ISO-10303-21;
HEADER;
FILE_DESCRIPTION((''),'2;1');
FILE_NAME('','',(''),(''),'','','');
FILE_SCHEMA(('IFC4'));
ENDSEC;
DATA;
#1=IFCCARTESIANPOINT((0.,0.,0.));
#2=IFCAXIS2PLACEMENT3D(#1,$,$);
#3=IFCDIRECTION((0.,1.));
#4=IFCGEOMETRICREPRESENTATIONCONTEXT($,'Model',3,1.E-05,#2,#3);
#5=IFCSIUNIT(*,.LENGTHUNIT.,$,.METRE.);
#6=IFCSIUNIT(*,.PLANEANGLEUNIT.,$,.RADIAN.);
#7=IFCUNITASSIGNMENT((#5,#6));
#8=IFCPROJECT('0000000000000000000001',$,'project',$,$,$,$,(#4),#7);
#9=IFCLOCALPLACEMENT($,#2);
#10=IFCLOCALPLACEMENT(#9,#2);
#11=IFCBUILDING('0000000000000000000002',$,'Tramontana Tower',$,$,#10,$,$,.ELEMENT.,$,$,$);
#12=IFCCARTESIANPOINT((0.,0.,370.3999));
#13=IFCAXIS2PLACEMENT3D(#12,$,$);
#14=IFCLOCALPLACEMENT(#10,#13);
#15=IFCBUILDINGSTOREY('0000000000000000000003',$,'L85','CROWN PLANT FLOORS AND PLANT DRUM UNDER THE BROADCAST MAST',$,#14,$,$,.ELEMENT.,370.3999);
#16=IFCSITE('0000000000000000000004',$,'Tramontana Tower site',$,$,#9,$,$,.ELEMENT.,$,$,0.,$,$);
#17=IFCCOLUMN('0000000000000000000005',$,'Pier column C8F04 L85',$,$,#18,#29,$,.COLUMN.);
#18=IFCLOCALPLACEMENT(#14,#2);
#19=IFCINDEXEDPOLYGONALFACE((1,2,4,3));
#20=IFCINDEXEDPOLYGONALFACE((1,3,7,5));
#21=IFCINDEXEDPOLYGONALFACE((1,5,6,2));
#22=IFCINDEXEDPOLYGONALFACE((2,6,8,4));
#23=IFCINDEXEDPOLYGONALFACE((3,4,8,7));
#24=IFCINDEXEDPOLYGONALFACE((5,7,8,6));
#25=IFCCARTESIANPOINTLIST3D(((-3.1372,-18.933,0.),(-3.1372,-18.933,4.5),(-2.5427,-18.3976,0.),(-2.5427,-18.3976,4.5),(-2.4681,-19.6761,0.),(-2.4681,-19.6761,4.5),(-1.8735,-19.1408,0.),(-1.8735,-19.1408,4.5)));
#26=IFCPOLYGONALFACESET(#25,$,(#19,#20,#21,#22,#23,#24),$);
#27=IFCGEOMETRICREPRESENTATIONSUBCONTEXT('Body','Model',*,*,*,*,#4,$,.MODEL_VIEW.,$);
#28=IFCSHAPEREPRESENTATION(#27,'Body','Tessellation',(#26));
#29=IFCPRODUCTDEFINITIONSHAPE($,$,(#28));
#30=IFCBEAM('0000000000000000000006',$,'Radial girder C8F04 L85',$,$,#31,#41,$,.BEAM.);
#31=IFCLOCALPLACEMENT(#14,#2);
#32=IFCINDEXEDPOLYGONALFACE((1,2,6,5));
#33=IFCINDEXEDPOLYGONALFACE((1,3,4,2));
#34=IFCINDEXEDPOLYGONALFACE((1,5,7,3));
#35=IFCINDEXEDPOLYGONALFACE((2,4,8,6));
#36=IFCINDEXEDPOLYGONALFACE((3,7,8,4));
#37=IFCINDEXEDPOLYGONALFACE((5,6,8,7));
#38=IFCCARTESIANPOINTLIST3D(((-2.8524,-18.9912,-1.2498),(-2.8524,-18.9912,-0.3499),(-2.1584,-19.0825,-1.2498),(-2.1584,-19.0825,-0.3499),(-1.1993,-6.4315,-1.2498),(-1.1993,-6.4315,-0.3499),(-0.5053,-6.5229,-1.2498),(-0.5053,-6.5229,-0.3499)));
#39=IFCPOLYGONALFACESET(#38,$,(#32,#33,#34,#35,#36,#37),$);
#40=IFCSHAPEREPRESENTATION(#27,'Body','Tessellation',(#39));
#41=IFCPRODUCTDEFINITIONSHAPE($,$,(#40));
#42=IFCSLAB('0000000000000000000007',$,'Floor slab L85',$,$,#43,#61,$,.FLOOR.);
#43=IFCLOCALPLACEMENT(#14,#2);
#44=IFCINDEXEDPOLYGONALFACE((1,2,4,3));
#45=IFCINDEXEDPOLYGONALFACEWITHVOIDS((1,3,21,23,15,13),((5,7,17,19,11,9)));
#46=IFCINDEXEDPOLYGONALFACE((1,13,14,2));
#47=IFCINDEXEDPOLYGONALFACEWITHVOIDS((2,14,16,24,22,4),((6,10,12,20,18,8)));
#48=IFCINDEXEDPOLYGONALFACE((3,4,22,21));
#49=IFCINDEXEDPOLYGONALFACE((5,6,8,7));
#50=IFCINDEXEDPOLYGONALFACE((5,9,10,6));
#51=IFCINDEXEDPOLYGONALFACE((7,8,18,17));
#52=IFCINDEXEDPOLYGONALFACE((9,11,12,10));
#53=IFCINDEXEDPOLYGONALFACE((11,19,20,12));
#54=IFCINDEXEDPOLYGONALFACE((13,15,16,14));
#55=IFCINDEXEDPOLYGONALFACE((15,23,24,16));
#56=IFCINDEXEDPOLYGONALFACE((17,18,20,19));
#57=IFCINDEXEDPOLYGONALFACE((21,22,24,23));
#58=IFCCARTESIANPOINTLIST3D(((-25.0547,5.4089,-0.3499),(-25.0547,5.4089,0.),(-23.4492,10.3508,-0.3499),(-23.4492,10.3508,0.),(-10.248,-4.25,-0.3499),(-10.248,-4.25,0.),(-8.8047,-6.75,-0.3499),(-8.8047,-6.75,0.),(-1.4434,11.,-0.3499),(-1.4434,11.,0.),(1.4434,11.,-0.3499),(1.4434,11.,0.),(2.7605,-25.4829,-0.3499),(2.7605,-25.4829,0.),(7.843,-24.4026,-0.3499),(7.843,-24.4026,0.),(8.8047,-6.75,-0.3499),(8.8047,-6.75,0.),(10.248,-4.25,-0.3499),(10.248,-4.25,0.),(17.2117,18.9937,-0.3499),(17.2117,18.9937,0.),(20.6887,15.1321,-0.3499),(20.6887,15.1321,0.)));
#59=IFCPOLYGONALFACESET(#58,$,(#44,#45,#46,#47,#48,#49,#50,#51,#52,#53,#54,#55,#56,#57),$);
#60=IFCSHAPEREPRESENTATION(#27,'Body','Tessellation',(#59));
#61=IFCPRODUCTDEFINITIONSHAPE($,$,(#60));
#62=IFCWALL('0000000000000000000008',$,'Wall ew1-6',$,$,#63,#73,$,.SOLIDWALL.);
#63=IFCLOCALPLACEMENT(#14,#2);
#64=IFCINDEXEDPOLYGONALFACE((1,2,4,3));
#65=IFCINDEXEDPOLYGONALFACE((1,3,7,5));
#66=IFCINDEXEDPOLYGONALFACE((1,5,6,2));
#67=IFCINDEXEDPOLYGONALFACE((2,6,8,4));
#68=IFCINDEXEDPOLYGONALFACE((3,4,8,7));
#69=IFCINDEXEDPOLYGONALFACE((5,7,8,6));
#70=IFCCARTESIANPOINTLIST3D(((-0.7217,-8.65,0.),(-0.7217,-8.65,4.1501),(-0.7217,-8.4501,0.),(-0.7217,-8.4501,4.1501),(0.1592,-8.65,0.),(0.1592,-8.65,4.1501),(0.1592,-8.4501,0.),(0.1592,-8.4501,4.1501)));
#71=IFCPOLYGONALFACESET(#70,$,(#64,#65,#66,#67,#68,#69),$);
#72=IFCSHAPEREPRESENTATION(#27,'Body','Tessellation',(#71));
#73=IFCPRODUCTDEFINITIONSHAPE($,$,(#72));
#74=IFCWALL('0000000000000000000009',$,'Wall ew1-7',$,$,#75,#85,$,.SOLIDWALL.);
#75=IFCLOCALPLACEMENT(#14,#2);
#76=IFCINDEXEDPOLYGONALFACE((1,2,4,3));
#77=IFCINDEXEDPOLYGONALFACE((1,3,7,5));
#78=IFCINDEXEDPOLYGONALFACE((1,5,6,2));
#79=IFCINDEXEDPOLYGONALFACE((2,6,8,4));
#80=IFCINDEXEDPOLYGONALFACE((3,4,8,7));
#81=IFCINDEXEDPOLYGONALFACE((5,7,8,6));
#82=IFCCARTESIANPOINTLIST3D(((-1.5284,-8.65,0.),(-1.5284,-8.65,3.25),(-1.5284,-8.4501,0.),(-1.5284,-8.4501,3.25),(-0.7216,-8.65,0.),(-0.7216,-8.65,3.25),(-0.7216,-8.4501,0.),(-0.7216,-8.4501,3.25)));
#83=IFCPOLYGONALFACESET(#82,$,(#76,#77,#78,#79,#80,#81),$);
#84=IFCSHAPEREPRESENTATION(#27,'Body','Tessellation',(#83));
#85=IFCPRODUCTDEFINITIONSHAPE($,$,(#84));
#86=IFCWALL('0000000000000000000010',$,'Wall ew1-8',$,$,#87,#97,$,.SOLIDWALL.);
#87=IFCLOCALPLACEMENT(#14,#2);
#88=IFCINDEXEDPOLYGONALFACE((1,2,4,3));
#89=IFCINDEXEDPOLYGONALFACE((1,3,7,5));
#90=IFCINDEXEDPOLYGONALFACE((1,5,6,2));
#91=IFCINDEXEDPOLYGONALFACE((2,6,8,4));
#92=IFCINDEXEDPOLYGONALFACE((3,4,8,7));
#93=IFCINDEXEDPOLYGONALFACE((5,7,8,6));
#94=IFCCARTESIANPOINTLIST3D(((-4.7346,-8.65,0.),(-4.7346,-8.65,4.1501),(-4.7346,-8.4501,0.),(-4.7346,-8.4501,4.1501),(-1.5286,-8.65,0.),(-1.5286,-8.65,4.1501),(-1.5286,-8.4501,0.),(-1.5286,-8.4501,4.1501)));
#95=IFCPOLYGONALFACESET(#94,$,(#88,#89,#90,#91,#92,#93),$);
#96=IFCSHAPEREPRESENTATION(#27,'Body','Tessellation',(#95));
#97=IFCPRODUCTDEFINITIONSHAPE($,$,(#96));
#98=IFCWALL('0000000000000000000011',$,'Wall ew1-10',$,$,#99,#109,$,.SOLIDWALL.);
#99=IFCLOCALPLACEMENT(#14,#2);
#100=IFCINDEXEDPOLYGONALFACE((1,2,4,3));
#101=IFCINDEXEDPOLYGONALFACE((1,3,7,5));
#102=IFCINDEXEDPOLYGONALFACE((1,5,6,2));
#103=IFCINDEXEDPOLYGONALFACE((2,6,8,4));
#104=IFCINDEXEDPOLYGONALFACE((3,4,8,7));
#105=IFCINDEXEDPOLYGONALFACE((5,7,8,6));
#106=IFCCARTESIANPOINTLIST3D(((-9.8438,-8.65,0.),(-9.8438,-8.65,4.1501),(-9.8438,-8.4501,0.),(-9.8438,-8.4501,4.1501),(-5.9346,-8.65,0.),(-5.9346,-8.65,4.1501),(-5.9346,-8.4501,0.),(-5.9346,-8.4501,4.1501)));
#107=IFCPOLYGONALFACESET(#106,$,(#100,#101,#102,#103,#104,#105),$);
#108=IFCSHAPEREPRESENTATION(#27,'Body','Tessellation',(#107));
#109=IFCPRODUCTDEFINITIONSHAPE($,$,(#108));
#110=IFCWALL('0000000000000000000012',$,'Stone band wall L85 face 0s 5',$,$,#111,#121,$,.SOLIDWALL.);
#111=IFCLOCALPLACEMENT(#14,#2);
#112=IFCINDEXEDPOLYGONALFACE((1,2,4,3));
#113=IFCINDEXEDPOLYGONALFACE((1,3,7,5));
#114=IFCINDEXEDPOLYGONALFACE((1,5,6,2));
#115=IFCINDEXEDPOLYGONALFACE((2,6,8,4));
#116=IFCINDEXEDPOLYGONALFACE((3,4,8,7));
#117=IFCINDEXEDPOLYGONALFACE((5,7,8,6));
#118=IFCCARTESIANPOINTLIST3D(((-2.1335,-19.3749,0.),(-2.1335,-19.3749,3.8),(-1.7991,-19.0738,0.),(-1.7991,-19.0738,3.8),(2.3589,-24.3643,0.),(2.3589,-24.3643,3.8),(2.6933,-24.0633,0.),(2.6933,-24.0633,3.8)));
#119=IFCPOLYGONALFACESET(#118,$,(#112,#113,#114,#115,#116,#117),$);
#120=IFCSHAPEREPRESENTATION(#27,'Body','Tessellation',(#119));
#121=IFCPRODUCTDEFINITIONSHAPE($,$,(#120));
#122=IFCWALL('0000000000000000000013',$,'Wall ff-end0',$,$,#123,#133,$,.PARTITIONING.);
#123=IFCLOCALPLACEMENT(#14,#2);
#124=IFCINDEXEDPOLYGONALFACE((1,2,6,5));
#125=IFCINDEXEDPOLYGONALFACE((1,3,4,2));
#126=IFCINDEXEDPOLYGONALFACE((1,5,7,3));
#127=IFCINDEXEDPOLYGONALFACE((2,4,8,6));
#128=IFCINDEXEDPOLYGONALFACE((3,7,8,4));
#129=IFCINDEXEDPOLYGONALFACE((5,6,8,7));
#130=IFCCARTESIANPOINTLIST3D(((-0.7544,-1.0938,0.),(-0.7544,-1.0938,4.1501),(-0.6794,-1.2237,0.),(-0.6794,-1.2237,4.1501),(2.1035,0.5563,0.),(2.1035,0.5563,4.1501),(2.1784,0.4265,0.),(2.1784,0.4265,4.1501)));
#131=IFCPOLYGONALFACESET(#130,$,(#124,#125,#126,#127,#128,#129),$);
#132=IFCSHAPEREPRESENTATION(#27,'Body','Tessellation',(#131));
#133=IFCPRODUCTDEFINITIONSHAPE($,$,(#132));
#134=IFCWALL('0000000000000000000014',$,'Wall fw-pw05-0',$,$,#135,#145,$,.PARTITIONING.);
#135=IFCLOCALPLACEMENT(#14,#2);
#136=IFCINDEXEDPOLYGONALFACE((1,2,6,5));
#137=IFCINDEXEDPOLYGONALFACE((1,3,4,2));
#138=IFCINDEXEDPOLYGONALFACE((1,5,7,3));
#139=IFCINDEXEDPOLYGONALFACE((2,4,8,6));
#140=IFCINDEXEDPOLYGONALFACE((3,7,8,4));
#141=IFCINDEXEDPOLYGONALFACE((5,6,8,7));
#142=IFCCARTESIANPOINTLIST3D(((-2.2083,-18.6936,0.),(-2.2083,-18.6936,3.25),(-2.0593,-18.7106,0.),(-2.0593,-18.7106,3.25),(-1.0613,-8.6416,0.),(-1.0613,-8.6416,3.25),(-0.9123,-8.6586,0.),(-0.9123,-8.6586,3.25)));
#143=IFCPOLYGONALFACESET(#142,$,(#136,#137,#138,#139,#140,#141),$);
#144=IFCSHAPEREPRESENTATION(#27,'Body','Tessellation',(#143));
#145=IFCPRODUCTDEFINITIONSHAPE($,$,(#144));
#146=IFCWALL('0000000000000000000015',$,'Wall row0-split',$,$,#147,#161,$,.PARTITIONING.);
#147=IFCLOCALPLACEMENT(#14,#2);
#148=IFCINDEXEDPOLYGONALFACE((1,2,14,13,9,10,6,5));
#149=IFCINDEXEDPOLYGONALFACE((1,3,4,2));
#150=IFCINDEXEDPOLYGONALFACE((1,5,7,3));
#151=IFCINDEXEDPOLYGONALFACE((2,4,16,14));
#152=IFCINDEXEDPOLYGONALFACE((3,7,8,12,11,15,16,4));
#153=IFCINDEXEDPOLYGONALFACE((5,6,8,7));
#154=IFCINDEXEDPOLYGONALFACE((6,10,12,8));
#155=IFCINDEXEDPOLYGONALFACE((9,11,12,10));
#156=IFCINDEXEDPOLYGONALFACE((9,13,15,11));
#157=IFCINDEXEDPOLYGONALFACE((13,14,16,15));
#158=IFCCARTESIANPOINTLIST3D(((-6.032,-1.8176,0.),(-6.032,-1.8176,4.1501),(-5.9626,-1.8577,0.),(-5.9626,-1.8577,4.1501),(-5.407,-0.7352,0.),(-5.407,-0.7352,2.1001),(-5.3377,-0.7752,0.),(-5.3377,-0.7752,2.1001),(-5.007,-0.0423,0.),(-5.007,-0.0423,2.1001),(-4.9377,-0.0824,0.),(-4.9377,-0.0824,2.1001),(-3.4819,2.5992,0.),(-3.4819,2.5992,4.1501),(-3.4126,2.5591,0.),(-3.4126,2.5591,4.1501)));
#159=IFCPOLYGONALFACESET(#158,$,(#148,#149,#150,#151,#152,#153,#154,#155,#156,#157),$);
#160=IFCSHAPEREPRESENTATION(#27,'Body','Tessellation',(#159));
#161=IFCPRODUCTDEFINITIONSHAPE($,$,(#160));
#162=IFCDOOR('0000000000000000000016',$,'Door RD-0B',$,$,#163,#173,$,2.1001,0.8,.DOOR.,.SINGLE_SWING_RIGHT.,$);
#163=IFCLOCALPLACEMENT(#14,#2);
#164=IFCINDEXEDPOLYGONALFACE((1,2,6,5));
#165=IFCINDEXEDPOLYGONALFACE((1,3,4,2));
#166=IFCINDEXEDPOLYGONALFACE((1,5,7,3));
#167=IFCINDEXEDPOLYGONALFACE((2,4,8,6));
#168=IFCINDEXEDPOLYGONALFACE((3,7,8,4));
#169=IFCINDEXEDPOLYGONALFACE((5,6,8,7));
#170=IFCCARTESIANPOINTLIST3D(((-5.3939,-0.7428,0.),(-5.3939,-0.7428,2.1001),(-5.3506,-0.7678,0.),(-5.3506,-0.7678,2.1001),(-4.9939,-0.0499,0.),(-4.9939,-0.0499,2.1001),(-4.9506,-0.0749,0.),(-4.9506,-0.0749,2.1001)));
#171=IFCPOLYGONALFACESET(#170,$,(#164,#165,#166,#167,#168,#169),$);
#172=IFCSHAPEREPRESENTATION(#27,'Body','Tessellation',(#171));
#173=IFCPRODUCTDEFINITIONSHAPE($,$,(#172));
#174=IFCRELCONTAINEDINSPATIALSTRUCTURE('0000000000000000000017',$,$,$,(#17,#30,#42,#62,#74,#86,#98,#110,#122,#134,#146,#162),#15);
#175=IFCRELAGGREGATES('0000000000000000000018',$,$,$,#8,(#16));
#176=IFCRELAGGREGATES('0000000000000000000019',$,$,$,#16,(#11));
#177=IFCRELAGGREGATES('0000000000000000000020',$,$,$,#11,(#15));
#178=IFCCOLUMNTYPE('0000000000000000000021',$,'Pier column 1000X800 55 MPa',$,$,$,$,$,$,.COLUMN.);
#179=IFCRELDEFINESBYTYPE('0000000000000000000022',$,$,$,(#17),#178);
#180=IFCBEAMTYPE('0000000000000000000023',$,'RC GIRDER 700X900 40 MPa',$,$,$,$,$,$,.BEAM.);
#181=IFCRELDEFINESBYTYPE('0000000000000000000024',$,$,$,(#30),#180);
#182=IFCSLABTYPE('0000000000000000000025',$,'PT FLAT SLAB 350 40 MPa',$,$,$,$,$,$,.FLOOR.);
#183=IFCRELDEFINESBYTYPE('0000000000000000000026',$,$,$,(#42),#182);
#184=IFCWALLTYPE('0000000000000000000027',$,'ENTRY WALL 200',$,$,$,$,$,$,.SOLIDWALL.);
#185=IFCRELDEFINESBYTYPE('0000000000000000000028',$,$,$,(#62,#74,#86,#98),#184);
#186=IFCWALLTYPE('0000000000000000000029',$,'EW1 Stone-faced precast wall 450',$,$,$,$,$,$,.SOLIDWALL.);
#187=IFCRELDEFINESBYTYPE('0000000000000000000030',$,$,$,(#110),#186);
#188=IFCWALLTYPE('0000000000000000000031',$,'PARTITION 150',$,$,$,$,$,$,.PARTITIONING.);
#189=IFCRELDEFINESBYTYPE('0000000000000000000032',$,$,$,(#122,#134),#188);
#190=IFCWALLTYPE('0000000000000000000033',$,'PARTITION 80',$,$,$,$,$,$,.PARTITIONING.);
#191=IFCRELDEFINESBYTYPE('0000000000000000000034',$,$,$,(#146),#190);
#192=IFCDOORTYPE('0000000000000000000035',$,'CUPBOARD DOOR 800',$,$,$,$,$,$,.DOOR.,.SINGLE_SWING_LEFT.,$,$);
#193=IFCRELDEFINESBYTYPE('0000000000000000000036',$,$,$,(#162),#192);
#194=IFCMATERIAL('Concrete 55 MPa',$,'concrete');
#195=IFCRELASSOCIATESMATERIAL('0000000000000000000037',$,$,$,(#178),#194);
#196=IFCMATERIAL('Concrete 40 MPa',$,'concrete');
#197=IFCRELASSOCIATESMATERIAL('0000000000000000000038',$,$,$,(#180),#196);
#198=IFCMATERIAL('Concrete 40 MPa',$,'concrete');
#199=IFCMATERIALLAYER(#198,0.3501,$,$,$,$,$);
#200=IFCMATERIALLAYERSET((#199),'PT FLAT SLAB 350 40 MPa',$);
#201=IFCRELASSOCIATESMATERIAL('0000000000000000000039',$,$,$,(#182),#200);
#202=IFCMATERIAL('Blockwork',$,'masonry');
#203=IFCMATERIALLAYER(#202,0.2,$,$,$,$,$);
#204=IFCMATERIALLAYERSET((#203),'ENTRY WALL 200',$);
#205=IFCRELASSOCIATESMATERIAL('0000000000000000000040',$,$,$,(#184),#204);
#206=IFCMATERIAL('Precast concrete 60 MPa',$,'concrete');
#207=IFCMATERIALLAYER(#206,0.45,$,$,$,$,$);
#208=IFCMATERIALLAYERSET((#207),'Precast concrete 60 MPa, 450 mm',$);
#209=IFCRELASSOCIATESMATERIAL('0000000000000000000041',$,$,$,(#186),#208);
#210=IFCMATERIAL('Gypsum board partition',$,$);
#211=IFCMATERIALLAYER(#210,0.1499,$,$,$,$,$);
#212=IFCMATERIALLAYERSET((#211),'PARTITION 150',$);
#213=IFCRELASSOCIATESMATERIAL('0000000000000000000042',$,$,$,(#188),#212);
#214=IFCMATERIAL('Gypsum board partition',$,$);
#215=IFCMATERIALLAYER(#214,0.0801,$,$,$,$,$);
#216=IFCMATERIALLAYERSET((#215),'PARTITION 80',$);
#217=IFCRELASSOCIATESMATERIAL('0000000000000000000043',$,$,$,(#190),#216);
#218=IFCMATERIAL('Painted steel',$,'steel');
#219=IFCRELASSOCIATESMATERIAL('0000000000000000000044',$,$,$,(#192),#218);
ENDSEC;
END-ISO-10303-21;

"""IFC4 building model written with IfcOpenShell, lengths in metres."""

from ifc_helpers import new_model, si_unit, direction, frame, frame_2d, origin, origin_2d, place, context, subcontext, project, spatial, polyline, rectangle, outline, extrude, material, layer, layer_set, material_profile, profile_set, type_object, element, fill, save


model = new_model("IFC4")

# Units and contexts
model_context = context("Model", 3, precision=1e-05, world=origin(), true_north=direction((0.0, 1.0)))
body_context = subcontext(model_context, "Body", "Model", "MODEL_VIEW")
ifc_project = project(units=[si_unit("LENGTHUNIT", "METRE"), si_unit("PLANEANGLEUNIT", "RADIAN")], contexts=[model_context])

# Site, building, storey
site_placement = place(None, origin())
site = spatial("IfcSite", under=ifc_project, at=site_placement, Name="Tramontana Tower site", CompositionType="ELEMENT", RefElevation=0.0)
building_placement = place(site_placement, origin())
building = spatial("IfcBuilding", under=site, at=building_placement, Name="Tramontana Tower", CompositionType="ELEMENT")
storey_placement = place(building_placement, frame((0.0, 0.0, 370.3999)))
storey = spatial("IfcBuildingStorey", under=building, at=storey_placement, Name="L85", Description="CROWN PLANT FLOORS AND PLANT DRUM UNDER THE BROADCAST MAST", CompositionType="ELEMENT", Elevation=370.3999)

# Column
ifc_material_1 = material(Name="Concrete 55 MPa", Category="concrete")
ifc_material_profile_1 = material_profile(ifc_material_1, rectangle(XDim=1.0, YDim=0.8, at=origin_2d()), Name="Pier column 1000X800 55 MPa")
ifc_profile_set_1 = profile_set([ifc_material_profile_1], Name="Concrete 55 MPa")
column_type = type_object("IfcColumnType", Name="Pier column 1000X800 55 MPa", PredefinedType="COLUMN", material=ifc_profile_set_1)
column_placement = place(storey_placement, frame((-2.5054, -19.0369, 0.0), z_axis=(0.0, 0.0, 1.0), x_axis=(0.669131, -0.743145, 0.0)))
element("IfcColumn", 1, at=column_placement, inside=storey, type_object=column_type, Name="Pier column C8F04 L85", PredefinedType="COLUMN", context=body_context, shape_type="SweptSolid", body=[
    extrude(rectangle(XDim=1.0, YDim=0.8, at=origin_2d()), origin(), (0.0, 0.0, 1.0), 4.5),
])

# Beam
ifc_material_2 = material(Name="Concrete 40 MPa", Category="concrete")
ifc_material_profile_2 = material_profile(ifc_material_2, rectangle(XDim=0.7, YDim=0.8999, at=origin_2d()), Name="RC GIRDER 700X900 40 MPa")
ifc_profile_set_2 = profile_set([ifc_material_profile_2], Name="Concrete 40 MPa")
beam_type = type_object("IfcBeamType", Name="RC GIRDER 700X900 40 MPa", PredefinedType="BEAM", material=ifc_profile_set_2)
beam_placement = place(storey_placement, frame((-2.5054, -19.0369, -0.7998), z_axis=(0.130493, 0.991449, 0.0), x_axis=(-0.991449, 0.130493, 0.0)))
element("IfcBeam", 2, at=beam_placement, inside=storey, type_object=beam_type, Name="Radial girder C8F04 L85", PredefinedType="BEAM", context=body_context, shape_type="SweptSolid", body=[
    extrude(rectangle(XDim=0.7, YDim=0.8999, at=origin_2d()), origin(), (0.0, 0.0, 1.0), 12.668),
])

# Slab
ifc_material_3 = material(Name="Concrete 40 MPa", Category="concrete")
ifc_layer_1 = layer(ifc_material_3, 0.3501)
ifc_layer_set_1 = layer_set([ifc_layer_1], Name="PT FLAT SLAB 350 40 MPa")
slab_type = type_object("IfcSlabType", Name="PT FLAT SLAB 350 40 MPa", PredefinedType="FLOOR", material=ifc_layer_set_1)
slab_placement = place(storey_placement, frame((0.0, 0.0, -0.3499)))
element("IfcSlab", 3, at=slab_placement, inside=storey, type_object=slab_type, Name="Floor slab L85", PredefinedType="FLOOR", context=body_context, shape_type="SweptSolid", body=[
    extrude(outline(polyline([(20.6887, 15.1321), (7.843, -24.4026), (2.7605, -25.4829), (-25.0547, 5.4089), (-23.4492, 10.3508), (17.2117, 18.9937), (20.6887, 15.1321)]), holes=[polyline([(-10.248, -4.25), (-8.8047, -6.75), (8.8047, -6.75), (10.248, -4.25), (1.4434, 11.0), (-1.4434, 11.0), (-10.248, -4.25)])]), origin(), (0.0, 0.0, 1.0), 0.3499),
])

# Walls
ifc_material_4 = material(Name="Blockwork", Category="masonry")
ifc_layer_2 = layer(ifc_material_4, 0.2)
ifc_layer_set_2 = layer_set([ifc_layer_2], Name="ENTRY WALL 200")
wall_type_1 = type_object("IfcWallType", Name="ENTRY WALL 200", PredefinedType="SOLIDWALL", material=ifc_layer_set_2)
wall_1_placement = place(storey_placement, frame((0.1592, -8.55, 0.0), z_axis=(0.0, 0.0, 1.0), x_axis=(-1.0, 0.0, 0.0)))
element("IfcWall", 4, at=wall_1_placement, inside=storey, type_object=wall_type_1, Name="Wall ew1-6", PredefinedType="SOLIDWALL", context=body_context, shape_type="SweptSolid", body=[
    extrude(rectangle(XDim=0.8809, YDim=0.2, at=frame_2d((0.4404, 0.0))), origin(), (0.0, 0.0, 1.0), 4.1501),
])
wall_2_placement = place(storey_placement, frame((-0.7217, -8.55, 0.0), z_axis=(0.0, 0.0, 1.0), x_axis=(-1.0, 0.0, 0.0)))
element("IfcWall", 5, at=wall_2_placement, inside=storey, type_object=wall_type_1, Name="Wall ew1-7", PredefinedType="SOLIDWALL", context=body_context, shape_type="SweptSolid", body=[
    extrude(rectangle(XDim=0.8069, YDim=0.2, at=frame_2d((0.4033, 0.0))), origin(), (0.0, 0.0, 1.0), 3.25),
])
wall_3_placement = place(storey_placement, frame((-1.5286, -8.55, 0.0), z_axis=(0.0, 0.0, 1.0), x_axis=(-1.0, 0.0, 0.0)))
element("IfcWall", 6, at=wall_3_placement, inside=storey, type_object=wall_type_1, Name="Wall ew1-8", PredefinedType="SOLIDWALL", context=body_context, shape_type="SweptSolid", body=[
    extrude(rectangle(XDim=3.2061, YDim=0.2, at=frame_2d((1.603, 0.0))), origin(), (0.0, 0.0, 1.0), 4.1501),
])

# Walls
wall_4_placement = place(storey_placement, frame((-5.9346, -8.55, 0.0), z_axis=(0.0, 0.0, 1.0), x_axis=(-1.0, 0.0, 0.0)))
element("IfcWall", 7, at=wall_4_placement, inside=storey, type_object=wall_type_1, Name="Wall ew1-10", PredefinedType="SOLIDWALL", context=body_context, shape_type="SweptSolid", body=[
    extrude(rectangle(XDim=3.9092, YDim=0.2, at=frame_2d((1.9546, 0.0))), origin(), (0.0, 0.0, 1.0), 4.1501),
])
ifc_material_5 = material(Name="Precast concrete 60 MPa", Category="concrete")
ifc_layer_3 = layer(ifc_material_5, 0.45)
ifc_layer_set_3 = layer_set([ifc_layer_3], Name="Precast concrete 60 MPa, 450 mm")
wall_type_2 = type_object("IfcWallType", Name="EW1 Stone-faced precast wall 450", PredefinedType="SOLIDWALL", material=ifc_layer_set_3)
wall_5_placement = place(storey_placement, frame((-1.9663, -19.2244, 0.0), z_axis=(0.0, 0.0, 1.0), x_axis=(0.669119, -0.743155, 0.0)))
element("IfcWall", 8, at=wall_5_placement, inside=storey, type_object=wall_type_2, Name="Stone band wall L85 face 0s 5", PredefinedType="SOLIDWALL", context=body_context, shape_type="SweptSolid", body=[
    extrude(rectangle(XDim=6.7139, YDim=0.45, at=frame_2d((3.3569, 0.0))), origin(), (0.0, 0.0, 1.0), 3.8),
])

# Shared definitions
ifc_material_6 = material(Name="Gypsum board partition")
ifc_layer_4 = layer(ifc_material_6, 0.1499)
ifc_layer_set_4 = layer_set([ifc_layer_4], Name="PARTITION 150")
wall_type_3 = type_object("IfcWallType", Name="PARTITION 150", PredefinedType="PARTITIONING", material=ifc_layer_set_4)

# Walls
wall_6_placement = place(storey_placement, frame((-0.7168, -1.1587, 0.0), z_axis=(0.0, 0.0, 1.0), x_axis=(0.866008, 0.50003, 0.0)))
element("IfcWall", 9, at=wall_6_placement, inside=storey, type_object=wall_type_3, Name="Wall ff-end0", PredefinedType="PARTITIONING", context=body_context, shape_type="SweptSolid", body=[
    extrude(rectangle(XDim=3.3, YDim=0.1499, at=frame_2d((1.6499, 0.0))), origin(), (0.0, 0.0, 1.0), 4.1501),
])
wall_7_placement = place(storey_placement, frame((-0.9868, -8.6501, 0.0), z_axis=(0.0, 0.0, 1.0), x_axis=(-0.113368, -0.993553, 0.0)))
element("IfcWall", 10, at=wall_7_placement, inside=storey, type_object=wall_type_3, Name="Wall fw-pw05-0", PredefinedType="PARTITIONING", context=body_context, shape_type="SweptSolid", body=[
    extrude(rectangle(XDim=10.1172, YDim=0.1499, at=frame_2d((5.0586, 0.0))), origin(), (0.0, 0.0, 1.0), 3.25),
])

# Wall, opening, door
ifc_material_7 = material(Name="Gypsum board partition")
ifc_layer_5 = layer(ifc_material_7, 0.0801)
ifc_layer_set_5 = layer_set([ifc_layer_5], Name="PARTITION 80")
wall_type_4 = type_object("IfcWallType", Name="PARTITION 80", PredefinedType="PARTITIONING", material=ifc_layer_set_5)
wall_8_placement = place(storey_placement, frame((-5.9973, -1.8376, 0.0), z_axis=(0.0, 0.0, 1.0), x_axis=(0.500006, 0.866022, 0.0)))
wall_8 = element("IfcWall", 11, at=wall_8_placement, inside=storey, type_object=wall_type_4, Name="Wall row0-split", PredefinedType="PARTITIONING", context=body_context, shape_type="SweptSolid", body=[
    extrude(rectangle(XDim=5.1001, YDim=0.0801, at=frame_2d((2.55, 0.0))), origin(), (0.0, 0.0, 1.0), 4.1501),
])
opening_1_placement = place(wall_8_placement, frame((1.25, 0.0, 0.0)))
opening_1 = element("IfcOpeningElement", 12, at=opening_1_placement, cuts=wall_8, PredefinedType="OPENING", context=body_context, shape_type="SweptSolid", body=[
    extrude(rectangle(XDim=0.8, YDim=2.1001, at=frame_2d((0.3999, 1.05))), frame((0.0, 0.05, 0.0), z_axis=(0.0, -1.0, 0.0), x_axis=(1.0, 0.0, 0.0)), (0.0, 0.0, 1.0), 0.1001),
])
ifc_material_8 = material(Name="Painted steel", Category="steel")
door_type_1 = type_object("IfcDoorType", Name="CUPBOARD DOOR 800", OperationType="SINGLE_SWING_LEFT", PredefinedType="DOOR", material=ifc_material_8)
door_1_placement = place(opening_1_placement, origin())
door_1 = element("IfcDoor", 13, at=door_1_placement, inside=storey, type_object=door_type_1, Name="Door RD-0B", OperationType="SINGLE_SWING_RIGHT", OverallHeight=2.1001, OverallWidth=0.8, PredefinedType="DOOR", context=body_context, shape_type="SweptSolid", body=[
    extrude(rectangle(XDim=0.8, YDim=2.1001, at=frame_2d((0.3999, 1.05))), frame((0.0, 0.0249, 0.0), z_axis=(0.0, -1.0, 0.0), x_axis=(1.0, 0.0, 0.0)), (0.0, 0.0, 1.0), 0.05),
])
fill(opening_1, door_1)

save(model, "model.ifc")
